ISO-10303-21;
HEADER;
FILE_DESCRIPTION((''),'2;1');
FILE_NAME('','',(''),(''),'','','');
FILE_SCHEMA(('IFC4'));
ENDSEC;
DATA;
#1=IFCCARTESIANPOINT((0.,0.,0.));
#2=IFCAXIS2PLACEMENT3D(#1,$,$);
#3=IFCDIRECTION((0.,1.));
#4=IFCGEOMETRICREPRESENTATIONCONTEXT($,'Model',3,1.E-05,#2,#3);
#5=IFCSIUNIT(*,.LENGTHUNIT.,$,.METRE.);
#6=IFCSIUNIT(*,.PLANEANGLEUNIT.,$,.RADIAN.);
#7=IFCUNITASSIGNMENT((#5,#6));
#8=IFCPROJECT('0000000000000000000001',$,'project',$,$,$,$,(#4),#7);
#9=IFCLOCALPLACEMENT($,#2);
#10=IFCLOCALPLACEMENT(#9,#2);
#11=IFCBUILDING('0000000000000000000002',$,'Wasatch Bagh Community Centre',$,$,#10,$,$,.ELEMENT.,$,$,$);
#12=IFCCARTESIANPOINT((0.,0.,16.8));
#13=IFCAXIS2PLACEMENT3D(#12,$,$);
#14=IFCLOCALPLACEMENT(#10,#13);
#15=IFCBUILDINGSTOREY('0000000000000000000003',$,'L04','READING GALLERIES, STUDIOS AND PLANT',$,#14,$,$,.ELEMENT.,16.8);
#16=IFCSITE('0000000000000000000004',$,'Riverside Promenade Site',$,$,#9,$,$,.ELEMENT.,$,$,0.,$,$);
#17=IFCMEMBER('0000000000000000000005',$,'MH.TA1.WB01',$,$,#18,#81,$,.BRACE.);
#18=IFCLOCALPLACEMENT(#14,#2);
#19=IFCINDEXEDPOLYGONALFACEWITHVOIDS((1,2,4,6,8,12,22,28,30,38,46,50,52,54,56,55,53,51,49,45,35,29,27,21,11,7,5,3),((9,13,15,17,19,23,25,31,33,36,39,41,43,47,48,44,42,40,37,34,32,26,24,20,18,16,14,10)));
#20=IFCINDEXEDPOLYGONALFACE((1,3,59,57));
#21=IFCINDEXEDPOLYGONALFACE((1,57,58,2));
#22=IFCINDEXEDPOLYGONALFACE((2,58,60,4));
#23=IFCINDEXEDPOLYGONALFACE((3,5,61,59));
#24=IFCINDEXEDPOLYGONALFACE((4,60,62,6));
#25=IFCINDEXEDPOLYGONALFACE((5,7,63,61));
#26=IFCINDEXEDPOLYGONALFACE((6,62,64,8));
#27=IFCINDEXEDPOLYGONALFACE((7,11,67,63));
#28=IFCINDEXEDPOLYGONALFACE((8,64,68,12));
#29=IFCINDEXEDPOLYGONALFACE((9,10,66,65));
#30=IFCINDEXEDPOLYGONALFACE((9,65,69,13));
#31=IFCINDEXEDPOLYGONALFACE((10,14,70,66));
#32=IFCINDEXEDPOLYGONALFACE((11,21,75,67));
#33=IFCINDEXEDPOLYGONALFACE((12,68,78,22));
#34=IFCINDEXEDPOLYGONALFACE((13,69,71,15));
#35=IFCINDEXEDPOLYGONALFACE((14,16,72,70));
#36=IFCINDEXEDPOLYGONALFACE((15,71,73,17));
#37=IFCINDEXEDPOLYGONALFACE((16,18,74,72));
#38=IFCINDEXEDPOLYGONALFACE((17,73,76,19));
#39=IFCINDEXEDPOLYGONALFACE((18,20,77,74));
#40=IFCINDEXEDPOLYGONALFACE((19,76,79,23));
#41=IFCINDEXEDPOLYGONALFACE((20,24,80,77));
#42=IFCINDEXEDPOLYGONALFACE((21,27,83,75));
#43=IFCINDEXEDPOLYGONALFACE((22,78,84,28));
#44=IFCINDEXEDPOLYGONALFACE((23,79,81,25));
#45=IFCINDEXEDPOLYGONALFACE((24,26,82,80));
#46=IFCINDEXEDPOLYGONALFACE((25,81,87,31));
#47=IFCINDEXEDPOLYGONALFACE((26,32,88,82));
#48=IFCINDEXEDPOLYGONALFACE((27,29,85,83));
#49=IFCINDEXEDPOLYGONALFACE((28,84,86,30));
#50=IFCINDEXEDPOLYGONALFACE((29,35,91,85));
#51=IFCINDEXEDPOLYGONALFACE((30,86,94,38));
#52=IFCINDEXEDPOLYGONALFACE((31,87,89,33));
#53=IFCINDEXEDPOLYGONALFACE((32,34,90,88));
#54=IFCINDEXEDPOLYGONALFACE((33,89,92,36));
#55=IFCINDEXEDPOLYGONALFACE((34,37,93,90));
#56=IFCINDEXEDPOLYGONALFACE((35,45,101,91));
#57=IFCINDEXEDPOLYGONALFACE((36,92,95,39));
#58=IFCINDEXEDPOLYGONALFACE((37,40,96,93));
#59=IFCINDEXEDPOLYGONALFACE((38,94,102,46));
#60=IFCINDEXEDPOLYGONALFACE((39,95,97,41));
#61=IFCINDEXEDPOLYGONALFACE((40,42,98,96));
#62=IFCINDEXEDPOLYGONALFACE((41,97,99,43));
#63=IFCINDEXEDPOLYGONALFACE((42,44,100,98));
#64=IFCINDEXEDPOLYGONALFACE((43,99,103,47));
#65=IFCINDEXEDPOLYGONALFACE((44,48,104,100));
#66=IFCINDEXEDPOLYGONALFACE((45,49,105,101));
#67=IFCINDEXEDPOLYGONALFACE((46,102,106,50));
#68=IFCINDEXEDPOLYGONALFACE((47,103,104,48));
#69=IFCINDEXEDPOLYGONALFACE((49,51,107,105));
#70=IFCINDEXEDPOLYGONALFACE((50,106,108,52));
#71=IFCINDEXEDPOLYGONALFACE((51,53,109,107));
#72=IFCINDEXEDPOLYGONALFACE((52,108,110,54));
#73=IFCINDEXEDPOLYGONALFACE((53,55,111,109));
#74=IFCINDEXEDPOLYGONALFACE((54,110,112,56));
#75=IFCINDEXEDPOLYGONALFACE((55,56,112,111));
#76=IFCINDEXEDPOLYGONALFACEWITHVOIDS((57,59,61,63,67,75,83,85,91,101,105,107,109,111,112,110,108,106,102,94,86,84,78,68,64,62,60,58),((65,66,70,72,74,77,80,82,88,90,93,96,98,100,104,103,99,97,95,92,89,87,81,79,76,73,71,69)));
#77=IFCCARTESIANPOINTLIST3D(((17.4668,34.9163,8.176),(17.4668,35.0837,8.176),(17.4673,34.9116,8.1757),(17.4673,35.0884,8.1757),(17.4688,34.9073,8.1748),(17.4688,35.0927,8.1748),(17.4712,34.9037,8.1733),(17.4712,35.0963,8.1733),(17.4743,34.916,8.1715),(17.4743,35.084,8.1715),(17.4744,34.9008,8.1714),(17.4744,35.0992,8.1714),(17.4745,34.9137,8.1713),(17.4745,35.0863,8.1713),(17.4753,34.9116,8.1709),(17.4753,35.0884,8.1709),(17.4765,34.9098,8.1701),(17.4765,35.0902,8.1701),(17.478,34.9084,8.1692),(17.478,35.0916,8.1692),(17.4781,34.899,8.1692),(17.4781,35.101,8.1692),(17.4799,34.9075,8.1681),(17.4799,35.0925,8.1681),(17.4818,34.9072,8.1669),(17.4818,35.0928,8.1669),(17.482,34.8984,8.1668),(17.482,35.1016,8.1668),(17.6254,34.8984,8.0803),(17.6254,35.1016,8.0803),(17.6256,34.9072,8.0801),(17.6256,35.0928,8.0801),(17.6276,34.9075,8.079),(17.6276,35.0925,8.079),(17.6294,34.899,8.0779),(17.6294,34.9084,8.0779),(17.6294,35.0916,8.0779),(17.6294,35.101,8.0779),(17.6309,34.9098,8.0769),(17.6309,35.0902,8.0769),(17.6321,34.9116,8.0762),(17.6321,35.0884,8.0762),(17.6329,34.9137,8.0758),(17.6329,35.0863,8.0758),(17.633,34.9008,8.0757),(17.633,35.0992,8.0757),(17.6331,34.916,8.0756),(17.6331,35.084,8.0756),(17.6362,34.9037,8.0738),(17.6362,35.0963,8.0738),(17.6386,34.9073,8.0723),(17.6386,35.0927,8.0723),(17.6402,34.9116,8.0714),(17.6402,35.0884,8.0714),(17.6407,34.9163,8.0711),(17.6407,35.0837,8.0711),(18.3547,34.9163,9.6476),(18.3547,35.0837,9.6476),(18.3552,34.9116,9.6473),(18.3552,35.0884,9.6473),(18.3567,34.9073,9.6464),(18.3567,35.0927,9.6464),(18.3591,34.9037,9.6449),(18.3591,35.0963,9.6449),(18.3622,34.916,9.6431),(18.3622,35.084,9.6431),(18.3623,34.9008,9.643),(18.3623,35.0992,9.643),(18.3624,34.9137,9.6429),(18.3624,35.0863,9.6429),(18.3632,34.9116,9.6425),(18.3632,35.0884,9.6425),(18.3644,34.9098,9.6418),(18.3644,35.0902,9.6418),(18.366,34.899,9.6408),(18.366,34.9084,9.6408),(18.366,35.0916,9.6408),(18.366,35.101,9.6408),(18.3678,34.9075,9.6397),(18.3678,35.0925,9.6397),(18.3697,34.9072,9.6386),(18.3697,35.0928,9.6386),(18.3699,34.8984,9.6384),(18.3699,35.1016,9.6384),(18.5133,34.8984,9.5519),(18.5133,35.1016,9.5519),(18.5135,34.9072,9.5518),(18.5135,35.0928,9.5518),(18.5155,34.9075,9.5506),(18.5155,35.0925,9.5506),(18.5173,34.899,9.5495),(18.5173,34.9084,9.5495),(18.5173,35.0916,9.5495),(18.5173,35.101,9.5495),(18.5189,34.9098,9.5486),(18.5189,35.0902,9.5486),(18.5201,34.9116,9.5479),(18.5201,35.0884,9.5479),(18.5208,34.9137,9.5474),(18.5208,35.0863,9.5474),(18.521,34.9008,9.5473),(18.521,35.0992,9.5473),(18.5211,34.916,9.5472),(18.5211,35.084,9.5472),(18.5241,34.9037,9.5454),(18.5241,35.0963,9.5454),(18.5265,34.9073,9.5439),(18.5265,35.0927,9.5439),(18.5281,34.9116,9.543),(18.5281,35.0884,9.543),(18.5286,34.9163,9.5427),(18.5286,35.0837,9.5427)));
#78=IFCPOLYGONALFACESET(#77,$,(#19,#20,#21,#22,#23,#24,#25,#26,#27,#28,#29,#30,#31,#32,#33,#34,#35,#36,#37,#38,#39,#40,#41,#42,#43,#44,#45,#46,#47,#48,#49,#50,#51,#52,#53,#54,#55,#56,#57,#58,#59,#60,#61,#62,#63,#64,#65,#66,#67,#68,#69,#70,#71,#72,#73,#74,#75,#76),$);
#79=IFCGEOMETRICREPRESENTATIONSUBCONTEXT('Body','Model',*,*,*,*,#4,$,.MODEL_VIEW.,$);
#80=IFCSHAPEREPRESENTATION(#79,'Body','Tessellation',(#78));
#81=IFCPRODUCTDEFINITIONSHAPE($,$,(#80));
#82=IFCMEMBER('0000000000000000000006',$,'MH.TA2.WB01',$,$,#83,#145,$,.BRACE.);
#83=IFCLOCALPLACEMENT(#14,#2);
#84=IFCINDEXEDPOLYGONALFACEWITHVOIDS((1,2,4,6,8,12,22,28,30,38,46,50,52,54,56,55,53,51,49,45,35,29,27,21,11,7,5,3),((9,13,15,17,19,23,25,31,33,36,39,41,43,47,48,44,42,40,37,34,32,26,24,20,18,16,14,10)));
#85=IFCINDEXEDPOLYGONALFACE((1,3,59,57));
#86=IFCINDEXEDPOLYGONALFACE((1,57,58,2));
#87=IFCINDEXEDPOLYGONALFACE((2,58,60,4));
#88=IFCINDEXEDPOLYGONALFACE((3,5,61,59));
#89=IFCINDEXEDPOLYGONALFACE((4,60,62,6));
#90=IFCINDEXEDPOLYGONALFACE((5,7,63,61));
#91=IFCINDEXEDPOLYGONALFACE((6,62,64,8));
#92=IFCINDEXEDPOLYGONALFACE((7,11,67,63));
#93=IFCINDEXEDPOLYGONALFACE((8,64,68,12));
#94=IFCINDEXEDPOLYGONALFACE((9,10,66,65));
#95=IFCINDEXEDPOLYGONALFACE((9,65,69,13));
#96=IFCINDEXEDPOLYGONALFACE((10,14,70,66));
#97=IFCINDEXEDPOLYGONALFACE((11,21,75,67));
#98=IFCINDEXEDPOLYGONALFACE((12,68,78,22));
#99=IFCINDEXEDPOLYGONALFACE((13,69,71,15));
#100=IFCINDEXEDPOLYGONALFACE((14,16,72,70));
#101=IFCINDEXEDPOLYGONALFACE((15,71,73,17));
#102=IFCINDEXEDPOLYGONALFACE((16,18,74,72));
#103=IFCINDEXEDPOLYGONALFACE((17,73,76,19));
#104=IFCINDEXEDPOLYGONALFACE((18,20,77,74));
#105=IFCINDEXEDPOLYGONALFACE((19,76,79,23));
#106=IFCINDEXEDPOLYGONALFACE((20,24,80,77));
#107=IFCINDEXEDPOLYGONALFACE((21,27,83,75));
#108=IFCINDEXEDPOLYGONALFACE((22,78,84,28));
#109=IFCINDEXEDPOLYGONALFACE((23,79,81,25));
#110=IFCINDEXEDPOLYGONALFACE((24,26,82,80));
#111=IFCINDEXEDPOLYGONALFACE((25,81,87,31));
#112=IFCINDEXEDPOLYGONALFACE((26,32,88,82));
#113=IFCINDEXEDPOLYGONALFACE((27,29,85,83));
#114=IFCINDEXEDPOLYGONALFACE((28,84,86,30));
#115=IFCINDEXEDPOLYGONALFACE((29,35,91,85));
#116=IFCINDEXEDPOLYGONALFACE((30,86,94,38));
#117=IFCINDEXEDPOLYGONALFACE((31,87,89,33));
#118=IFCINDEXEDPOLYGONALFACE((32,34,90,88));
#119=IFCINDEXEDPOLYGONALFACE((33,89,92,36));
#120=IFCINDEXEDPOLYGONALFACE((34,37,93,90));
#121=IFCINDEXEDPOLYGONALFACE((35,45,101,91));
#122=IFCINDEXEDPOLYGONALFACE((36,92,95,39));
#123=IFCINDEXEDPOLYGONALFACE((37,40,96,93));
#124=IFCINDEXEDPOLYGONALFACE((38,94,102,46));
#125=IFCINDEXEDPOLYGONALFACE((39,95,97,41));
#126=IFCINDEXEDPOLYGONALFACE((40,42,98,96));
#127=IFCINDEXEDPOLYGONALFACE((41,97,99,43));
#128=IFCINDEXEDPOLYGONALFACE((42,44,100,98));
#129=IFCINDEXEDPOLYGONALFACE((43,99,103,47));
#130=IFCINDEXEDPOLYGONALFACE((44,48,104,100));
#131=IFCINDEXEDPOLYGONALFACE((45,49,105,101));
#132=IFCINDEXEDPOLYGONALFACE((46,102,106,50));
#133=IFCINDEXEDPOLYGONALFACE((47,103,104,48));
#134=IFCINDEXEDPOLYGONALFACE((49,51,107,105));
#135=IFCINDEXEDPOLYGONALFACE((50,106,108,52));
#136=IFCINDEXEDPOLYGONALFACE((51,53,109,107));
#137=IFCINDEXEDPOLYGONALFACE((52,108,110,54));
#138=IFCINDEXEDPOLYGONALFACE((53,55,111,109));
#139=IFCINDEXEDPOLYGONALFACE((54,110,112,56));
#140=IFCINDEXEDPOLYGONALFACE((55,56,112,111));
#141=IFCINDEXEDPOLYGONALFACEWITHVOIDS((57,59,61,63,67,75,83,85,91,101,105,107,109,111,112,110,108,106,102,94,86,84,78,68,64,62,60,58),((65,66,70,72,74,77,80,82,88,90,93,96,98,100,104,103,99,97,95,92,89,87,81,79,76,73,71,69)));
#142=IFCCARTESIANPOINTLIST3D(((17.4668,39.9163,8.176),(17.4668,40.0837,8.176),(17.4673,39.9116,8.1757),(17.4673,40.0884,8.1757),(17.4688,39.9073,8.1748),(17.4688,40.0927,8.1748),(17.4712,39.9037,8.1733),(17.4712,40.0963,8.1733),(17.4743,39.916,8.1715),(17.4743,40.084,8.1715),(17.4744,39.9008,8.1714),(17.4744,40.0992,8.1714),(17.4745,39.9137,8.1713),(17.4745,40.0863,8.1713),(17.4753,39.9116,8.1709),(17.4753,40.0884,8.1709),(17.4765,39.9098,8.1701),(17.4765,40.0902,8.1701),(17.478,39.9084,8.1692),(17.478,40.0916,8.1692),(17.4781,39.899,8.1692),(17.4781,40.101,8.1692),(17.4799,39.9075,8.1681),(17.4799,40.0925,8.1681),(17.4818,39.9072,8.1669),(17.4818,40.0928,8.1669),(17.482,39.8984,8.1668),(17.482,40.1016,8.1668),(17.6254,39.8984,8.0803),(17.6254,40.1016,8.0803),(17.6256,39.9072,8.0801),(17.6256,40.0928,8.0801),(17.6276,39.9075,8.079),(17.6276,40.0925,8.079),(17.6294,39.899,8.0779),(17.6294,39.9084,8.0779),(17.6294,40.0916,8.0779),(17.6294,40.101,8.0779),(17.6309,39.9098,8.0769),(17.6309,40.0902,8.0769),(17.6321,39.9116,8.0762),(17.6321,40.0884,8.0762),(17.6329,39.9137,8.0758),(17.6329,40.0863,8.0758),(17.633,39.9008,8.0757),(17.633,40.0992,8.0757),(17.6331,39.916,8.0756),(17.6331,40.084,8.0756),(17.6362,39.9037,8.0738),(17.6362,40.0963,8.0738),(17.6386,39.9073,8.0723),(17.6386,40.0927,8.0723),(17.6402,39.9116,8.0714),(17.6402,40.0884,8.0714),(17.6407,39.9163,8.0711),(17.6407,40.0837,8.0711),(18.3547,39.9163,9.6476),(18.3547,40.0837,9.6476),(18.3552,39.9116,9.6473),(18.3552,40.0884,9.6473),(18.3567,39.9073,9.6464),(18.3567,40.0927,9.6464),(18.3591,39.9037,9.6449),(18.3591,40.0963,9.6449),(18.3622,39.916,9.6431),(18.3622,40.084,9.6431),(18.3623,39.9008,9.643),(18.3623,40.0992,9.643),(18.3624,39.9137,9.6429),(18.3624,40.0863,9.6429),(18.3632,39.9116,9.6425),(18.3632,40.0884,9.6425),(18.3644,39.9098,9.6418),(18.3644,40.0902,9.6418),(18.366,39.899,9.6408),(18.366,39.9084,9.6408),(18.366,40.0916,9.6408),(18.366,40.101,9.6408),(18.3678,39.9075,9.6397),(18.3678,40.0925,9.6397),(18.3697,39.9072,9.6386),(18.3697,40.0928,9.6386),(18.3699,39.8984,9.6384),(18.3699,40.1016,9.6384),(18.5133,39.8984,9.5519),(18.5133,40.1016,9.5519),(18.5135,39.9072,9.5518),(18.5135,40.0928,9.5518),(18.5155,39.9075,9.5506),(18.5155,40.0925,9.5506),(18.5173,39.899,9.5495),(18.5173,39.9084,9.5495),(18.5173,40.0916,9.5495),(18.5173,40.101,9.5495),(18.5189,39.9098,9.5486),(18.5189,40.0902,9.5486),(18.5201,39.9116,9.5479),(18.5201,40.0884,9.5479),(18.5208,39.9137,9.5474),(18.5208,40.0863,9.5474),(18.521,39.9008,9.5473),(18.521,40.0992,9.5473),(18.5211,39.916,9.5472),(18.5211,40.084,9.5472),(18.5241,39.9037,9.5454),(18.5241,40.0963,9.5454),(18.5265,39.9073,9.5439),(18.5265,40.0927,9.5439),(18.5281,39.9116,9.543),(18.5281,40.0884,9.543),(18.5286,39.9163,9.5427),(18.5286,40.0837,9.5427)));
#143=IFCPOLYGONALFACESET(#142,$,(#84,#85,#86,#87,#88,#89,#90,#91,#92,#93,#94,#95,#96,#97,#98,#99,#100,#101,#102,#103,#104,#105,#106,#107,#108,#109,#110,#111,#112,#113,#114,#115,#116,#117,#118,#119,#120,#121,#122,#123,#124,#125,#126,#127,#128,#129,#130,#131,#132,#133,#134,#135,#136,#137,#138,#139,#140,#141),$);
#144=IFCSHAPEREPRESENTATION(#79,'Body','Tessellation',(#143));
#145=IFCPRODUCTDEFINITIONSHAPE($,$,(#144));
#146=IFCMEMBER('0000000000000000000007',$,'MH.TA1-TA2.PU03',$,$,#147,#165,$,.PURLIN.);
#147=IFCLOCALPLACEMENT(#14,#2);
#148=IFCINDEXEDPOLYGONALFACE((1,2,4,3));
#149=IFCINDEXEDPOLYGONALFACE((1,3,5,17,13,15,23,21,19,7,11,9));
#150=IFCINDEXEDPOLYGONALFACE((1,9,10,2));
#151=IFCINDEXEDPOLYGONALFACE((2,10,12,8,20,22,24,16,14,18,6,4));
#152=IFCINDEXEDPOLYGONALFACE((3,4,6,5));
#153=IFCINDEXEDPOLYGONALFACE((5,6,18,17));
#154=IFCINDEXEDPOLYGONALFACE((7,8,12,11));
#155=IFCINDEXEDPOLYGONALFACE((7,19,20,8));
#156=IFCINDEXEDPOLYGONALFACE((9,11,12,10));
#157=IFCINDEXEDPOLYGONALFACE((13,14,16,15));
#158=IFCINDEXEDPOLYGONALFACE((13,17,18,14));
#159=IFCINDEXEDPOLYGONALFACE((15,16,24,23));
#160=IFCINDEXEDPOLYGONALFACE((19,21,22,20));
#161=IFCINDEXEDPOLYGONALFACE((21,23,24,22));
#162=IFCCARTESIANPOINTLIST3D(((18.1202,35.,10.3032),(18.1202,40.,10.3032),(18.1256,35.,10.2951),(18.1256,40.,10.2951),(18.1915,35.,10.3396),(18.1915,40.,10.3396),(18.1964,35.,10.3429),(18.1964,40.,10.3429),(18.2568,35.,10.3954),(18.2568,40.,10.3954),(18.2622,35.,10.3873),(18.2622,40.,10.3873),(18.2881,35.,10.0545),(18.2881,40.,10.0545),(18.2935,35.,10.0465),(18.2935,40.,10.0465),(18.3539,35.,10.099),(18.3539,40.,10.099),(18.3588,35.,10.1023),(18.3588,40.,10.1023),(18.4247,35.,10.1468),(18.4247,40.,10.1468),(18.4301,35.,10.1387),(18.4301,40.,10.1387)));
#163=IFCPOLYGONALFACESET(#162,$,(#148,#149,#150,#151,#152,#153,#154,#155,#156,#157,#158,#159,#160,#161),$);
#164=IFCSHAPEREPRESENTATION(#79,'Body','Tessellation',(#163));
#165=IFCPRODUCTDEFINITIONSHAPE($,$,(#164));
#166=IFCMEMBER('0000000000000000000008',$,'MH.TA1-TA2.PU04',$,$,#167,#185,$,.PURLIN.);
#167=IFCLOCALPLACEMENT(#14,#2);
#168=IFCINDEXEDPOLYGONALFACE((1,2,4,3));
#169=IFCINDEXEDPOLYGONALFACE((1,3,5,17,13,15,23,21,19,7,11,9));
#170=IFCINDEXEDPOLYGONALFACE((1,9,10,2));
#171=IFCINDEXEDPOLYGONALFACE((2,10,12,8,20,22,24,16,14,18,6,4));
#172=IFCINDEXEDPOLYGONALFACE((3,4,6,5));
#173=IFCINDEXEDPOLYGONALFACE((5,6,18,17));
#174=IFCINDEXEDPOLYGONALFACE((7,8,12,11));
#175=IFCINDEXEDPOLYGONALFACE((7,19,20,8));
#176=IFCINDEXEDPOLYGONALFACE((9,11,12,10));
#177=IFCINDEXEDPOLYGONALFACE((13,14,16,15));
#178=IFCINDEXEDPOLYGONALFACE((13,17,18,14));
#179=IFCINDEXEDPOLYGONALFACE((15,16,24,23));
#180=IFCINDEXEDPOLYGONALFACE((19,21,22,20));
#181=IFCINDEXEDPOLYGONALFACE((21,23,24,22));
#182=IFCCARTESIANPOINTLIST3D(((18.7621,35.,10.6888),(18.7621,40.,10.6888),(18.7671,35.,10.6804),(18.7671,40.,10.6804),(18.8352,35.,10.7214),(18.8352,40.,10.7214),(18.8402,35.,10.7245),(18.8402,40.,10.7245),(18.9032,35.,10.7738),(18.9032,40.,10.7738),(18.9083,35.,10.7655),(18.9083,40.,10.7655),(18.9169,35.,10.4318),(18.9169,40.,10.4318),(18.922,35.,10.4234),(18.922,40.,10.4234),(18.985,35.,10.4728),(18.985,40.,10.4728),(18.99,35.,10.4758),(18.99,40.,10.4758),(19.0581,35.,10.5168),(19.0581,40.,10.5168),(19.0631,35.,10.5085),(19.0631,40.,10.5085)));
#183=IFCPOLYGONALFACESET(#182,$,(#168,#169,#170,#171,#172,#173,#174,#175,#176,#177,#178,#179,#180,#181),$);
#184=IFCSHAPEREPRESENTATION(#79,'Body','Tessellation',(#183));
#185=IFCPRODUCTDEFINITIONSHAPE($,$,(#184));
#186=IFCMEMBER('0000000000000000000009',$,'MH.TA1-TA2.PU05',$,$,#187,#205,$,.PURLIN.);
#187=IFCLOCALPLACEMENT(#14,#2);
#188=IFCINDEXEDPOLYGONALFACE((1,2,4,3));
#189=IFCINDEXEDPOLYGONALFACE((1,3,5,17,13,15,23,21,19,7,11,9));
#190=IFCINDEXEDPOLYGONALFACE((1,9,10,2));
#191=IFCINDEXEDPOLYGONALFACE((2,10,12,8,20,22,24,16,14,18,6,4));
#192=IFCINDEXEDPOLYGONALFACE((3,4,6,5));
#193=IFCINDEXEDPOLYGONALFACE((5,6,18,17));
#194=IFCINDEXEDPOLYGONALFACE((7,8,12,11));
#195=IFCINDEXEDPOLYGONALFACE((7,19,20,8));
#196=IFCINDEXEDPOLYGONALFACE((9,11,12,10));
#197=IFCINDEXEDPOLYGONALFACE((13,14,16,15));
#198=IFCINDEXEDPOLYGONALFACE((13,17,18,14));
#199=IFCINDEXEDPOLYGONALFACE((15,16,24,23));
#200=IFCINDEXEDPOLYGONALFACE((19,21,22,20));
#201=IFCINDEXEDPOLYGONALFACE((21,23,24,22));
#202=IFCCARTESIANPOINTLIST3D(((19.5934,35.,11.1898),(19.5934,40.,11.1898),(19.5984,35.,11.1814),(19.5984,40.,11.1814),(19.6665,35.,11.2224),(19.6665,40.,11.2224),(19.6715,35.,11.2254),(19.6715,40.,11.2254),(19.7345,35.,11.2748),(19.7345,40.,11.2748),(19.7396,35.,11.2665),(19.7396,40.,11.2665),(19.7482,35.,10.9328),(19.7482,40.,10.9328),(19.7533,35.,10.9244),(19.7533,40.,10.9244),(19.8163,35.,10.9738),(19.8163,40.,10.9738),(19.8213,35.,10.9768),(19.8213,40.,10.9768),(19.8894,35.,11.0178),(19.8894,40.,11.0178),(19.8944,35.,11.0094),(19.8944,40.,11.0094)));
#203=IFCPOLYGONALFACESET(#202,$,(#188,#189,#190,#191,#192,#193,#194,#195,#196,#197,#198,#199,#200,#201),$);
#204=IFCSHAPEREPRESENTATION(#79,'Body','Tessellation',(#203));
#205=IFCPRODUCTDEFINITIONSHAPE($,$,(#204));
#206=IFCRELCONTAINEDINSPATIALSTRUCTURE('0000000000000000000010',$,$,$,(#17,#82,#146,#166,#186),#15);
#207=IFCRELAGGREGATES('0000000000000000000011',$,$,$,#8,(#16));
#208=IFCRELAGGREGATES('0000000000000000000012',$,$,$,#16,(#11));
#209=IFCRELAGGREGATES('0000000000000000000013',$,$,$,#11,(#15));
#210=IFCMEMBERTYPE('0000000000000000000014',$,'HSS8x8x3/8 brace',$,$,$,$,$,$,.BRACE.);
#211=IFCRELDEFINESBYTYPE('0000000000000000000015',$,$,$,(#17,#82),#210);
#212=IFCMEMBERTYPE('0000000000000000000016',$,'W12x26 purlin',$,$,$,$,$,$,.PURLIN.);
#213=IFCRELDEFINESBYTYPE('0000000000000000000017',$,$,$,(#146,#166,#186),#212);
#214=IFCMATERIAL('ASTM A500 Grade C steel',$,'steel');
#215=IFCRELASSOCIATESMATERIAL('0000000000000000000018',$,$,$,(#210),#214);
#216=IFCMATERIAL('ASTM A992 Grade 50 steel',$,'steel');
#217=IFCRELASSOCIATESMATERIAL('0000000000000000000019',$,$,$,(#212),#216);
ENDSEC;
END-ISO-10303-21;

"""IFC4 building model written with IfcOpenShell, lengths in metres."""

from ifc_helpers import new_model, si_unit, direction, frame, origin, origin_2d, place, context, subcontext, project, spatial, hollow_rectangle, i_section, extrude, material, material_profile, profile_set, type_object, element, save


model = new_model("IFC4")

# Units and contexts
model_context = context("Model", 3, precision=1e-05, world=origin(), true_north=direction((0.0, 1.0)))
body_context = subcontext(model_context, "Body", "Model", "MODEL_VIEW")
ifc_project = project(units=[si_unit("LENGTHUNIT", "METRE"), si_unit("PLANEANGLEUNIT", "RADIAN")], contexts=[model_context])

# Site, building, storey
site_placement = place(None, origin())
site = spatial("IfcSite", under=ifc_project, at=site_placement, Name="Riverside Promenade Site", CompositionType="ELEMENT", RefElevation=0.0)
building_placement = place(site_placement, origin())
building = spatial("IfcBuilding", under=site, at=building_placement, Name="Wasatch Bagh Community Centre", CompositionType="ELEMENT")
storey_placement = place(building_placement, frame((0.0, 0.0, 16.8)))
storey = spatial("IfcBuildingStorey", under=building, at=storey_placement, Name="L04", Description="READING GALLERIES, STUDIOS AND PLANT", CompositionType="ELEMENT", Elevation=16.8)

# Members
ifc_material_1 = material(Name="ASTM A500 Grade C steel", Category="steel")
ifc_material_profile_1 = material_profile(ifc_material_1, hollow_rectangle(XDim=0.2031, YDim=0.2031, WallThickness=0.0088, InnerFilletRadius=0.0088, OuterFilletRadius=0.0178, at=origin_2d()), Name="HSS8x8x3/8")
ifc_profile_set_1 = profile_set([ifc_material_profile_1], Name="ASTM A500 Grade C steel")
member_type_1 = type_object("IfcMemberType", Name="HSS8x8x3/8 brace", PredefinedType="BRACE", material=ifc_profile_set_1)
for number, where, z_axis, x_axis, name in (
    (1, (17.5537, 35.0, 8.1235), (0.516604, 0.0, 0.856224), (0.0, 1.0, 0.0), "MH.TA1.WB01"),
    (2, (17.5537, 40.0, 8.1235), (0.516604, 0.0, 0.856224), (0.0, 1.0, 0.0), "MH.TA2.WB01"),
):
    element("IfcMember", number, at=place(storey_placement, frame(where, z_axis=z_axis, x_axis=x_axis)), inside=storey, type_object=member_type_1, Name=name, PredefinedType="BRACE", context=body_context, shape_type="SweptSolid", body=[
        extrude(hollow_rectangle(XDim=0.2031, YDim=0.2031, WallThickness=0.0088, InnerFilletRadius=0.0088, OuterFilletRadius=0.0178, at=origin_2d()), origin(), (0.0, 0.0, 1.0), 1.7188),
    ])
ifc_material_2 = material(Name="ASTM A992 Grade 50 steel", Category="steel")
ifc_material_profile_2 = material_profile(ifc_material_2, i_section(OverallWidth=0.1648, OverallDepth=0.3098, WebThickness=0.0059, FlangeThickness=0.0098, at=origin_2d()), Name="W12x26")
ifc_profile_set_2 = profile_set([ifc_material_profile_2], Name="ASTM A992 Grade 50 steel")
member_type_2 = type_object("IfcMemberType", Name="W12x26 purlin", PredefinedType="PURLIN", material=ifc_profile_set_2)
for number, where, z_axis, x_axis, name in (
    (3, (18.2751, 35.0, 10.2209), (0.0, 1.0, 0.0), (-0.828791, 0.0, -0.559559), "MH.TA1-TA2.PU03"),
    (4, (18.9126, 35.0, 10.5986), (0.0, 1.0, 0.0), (-0.856568, 0.0, -0.516034), "MH.TA1-TA2.PU04"),
    (5, (19.7439, 35.0, 11.0996), (0.0, 1.0, 0.0), (-0.856568, 0.0, -0.516034), "MH.TA1-TA2.PU05"),
):
    element("IfcMember", number, at=place(storey_placement, frame(where, z_axis=z_axis, x_axis=x_axis)), inside=storey, type_object=member_type_2, Name=name, PredefinedType="PURLIN", context=body_context, shape_type="SweptSolid", body=[
        extrude(i_section(OverallWidth=0.1648, OverallDepth=0.3098, WebThickness=0.0059, FlangeThickness=0.0098, at=origin_2d()), origin(), (0.0, 0.0, 1.0), 5.0),
    ])

save(model, "model.ifc")
